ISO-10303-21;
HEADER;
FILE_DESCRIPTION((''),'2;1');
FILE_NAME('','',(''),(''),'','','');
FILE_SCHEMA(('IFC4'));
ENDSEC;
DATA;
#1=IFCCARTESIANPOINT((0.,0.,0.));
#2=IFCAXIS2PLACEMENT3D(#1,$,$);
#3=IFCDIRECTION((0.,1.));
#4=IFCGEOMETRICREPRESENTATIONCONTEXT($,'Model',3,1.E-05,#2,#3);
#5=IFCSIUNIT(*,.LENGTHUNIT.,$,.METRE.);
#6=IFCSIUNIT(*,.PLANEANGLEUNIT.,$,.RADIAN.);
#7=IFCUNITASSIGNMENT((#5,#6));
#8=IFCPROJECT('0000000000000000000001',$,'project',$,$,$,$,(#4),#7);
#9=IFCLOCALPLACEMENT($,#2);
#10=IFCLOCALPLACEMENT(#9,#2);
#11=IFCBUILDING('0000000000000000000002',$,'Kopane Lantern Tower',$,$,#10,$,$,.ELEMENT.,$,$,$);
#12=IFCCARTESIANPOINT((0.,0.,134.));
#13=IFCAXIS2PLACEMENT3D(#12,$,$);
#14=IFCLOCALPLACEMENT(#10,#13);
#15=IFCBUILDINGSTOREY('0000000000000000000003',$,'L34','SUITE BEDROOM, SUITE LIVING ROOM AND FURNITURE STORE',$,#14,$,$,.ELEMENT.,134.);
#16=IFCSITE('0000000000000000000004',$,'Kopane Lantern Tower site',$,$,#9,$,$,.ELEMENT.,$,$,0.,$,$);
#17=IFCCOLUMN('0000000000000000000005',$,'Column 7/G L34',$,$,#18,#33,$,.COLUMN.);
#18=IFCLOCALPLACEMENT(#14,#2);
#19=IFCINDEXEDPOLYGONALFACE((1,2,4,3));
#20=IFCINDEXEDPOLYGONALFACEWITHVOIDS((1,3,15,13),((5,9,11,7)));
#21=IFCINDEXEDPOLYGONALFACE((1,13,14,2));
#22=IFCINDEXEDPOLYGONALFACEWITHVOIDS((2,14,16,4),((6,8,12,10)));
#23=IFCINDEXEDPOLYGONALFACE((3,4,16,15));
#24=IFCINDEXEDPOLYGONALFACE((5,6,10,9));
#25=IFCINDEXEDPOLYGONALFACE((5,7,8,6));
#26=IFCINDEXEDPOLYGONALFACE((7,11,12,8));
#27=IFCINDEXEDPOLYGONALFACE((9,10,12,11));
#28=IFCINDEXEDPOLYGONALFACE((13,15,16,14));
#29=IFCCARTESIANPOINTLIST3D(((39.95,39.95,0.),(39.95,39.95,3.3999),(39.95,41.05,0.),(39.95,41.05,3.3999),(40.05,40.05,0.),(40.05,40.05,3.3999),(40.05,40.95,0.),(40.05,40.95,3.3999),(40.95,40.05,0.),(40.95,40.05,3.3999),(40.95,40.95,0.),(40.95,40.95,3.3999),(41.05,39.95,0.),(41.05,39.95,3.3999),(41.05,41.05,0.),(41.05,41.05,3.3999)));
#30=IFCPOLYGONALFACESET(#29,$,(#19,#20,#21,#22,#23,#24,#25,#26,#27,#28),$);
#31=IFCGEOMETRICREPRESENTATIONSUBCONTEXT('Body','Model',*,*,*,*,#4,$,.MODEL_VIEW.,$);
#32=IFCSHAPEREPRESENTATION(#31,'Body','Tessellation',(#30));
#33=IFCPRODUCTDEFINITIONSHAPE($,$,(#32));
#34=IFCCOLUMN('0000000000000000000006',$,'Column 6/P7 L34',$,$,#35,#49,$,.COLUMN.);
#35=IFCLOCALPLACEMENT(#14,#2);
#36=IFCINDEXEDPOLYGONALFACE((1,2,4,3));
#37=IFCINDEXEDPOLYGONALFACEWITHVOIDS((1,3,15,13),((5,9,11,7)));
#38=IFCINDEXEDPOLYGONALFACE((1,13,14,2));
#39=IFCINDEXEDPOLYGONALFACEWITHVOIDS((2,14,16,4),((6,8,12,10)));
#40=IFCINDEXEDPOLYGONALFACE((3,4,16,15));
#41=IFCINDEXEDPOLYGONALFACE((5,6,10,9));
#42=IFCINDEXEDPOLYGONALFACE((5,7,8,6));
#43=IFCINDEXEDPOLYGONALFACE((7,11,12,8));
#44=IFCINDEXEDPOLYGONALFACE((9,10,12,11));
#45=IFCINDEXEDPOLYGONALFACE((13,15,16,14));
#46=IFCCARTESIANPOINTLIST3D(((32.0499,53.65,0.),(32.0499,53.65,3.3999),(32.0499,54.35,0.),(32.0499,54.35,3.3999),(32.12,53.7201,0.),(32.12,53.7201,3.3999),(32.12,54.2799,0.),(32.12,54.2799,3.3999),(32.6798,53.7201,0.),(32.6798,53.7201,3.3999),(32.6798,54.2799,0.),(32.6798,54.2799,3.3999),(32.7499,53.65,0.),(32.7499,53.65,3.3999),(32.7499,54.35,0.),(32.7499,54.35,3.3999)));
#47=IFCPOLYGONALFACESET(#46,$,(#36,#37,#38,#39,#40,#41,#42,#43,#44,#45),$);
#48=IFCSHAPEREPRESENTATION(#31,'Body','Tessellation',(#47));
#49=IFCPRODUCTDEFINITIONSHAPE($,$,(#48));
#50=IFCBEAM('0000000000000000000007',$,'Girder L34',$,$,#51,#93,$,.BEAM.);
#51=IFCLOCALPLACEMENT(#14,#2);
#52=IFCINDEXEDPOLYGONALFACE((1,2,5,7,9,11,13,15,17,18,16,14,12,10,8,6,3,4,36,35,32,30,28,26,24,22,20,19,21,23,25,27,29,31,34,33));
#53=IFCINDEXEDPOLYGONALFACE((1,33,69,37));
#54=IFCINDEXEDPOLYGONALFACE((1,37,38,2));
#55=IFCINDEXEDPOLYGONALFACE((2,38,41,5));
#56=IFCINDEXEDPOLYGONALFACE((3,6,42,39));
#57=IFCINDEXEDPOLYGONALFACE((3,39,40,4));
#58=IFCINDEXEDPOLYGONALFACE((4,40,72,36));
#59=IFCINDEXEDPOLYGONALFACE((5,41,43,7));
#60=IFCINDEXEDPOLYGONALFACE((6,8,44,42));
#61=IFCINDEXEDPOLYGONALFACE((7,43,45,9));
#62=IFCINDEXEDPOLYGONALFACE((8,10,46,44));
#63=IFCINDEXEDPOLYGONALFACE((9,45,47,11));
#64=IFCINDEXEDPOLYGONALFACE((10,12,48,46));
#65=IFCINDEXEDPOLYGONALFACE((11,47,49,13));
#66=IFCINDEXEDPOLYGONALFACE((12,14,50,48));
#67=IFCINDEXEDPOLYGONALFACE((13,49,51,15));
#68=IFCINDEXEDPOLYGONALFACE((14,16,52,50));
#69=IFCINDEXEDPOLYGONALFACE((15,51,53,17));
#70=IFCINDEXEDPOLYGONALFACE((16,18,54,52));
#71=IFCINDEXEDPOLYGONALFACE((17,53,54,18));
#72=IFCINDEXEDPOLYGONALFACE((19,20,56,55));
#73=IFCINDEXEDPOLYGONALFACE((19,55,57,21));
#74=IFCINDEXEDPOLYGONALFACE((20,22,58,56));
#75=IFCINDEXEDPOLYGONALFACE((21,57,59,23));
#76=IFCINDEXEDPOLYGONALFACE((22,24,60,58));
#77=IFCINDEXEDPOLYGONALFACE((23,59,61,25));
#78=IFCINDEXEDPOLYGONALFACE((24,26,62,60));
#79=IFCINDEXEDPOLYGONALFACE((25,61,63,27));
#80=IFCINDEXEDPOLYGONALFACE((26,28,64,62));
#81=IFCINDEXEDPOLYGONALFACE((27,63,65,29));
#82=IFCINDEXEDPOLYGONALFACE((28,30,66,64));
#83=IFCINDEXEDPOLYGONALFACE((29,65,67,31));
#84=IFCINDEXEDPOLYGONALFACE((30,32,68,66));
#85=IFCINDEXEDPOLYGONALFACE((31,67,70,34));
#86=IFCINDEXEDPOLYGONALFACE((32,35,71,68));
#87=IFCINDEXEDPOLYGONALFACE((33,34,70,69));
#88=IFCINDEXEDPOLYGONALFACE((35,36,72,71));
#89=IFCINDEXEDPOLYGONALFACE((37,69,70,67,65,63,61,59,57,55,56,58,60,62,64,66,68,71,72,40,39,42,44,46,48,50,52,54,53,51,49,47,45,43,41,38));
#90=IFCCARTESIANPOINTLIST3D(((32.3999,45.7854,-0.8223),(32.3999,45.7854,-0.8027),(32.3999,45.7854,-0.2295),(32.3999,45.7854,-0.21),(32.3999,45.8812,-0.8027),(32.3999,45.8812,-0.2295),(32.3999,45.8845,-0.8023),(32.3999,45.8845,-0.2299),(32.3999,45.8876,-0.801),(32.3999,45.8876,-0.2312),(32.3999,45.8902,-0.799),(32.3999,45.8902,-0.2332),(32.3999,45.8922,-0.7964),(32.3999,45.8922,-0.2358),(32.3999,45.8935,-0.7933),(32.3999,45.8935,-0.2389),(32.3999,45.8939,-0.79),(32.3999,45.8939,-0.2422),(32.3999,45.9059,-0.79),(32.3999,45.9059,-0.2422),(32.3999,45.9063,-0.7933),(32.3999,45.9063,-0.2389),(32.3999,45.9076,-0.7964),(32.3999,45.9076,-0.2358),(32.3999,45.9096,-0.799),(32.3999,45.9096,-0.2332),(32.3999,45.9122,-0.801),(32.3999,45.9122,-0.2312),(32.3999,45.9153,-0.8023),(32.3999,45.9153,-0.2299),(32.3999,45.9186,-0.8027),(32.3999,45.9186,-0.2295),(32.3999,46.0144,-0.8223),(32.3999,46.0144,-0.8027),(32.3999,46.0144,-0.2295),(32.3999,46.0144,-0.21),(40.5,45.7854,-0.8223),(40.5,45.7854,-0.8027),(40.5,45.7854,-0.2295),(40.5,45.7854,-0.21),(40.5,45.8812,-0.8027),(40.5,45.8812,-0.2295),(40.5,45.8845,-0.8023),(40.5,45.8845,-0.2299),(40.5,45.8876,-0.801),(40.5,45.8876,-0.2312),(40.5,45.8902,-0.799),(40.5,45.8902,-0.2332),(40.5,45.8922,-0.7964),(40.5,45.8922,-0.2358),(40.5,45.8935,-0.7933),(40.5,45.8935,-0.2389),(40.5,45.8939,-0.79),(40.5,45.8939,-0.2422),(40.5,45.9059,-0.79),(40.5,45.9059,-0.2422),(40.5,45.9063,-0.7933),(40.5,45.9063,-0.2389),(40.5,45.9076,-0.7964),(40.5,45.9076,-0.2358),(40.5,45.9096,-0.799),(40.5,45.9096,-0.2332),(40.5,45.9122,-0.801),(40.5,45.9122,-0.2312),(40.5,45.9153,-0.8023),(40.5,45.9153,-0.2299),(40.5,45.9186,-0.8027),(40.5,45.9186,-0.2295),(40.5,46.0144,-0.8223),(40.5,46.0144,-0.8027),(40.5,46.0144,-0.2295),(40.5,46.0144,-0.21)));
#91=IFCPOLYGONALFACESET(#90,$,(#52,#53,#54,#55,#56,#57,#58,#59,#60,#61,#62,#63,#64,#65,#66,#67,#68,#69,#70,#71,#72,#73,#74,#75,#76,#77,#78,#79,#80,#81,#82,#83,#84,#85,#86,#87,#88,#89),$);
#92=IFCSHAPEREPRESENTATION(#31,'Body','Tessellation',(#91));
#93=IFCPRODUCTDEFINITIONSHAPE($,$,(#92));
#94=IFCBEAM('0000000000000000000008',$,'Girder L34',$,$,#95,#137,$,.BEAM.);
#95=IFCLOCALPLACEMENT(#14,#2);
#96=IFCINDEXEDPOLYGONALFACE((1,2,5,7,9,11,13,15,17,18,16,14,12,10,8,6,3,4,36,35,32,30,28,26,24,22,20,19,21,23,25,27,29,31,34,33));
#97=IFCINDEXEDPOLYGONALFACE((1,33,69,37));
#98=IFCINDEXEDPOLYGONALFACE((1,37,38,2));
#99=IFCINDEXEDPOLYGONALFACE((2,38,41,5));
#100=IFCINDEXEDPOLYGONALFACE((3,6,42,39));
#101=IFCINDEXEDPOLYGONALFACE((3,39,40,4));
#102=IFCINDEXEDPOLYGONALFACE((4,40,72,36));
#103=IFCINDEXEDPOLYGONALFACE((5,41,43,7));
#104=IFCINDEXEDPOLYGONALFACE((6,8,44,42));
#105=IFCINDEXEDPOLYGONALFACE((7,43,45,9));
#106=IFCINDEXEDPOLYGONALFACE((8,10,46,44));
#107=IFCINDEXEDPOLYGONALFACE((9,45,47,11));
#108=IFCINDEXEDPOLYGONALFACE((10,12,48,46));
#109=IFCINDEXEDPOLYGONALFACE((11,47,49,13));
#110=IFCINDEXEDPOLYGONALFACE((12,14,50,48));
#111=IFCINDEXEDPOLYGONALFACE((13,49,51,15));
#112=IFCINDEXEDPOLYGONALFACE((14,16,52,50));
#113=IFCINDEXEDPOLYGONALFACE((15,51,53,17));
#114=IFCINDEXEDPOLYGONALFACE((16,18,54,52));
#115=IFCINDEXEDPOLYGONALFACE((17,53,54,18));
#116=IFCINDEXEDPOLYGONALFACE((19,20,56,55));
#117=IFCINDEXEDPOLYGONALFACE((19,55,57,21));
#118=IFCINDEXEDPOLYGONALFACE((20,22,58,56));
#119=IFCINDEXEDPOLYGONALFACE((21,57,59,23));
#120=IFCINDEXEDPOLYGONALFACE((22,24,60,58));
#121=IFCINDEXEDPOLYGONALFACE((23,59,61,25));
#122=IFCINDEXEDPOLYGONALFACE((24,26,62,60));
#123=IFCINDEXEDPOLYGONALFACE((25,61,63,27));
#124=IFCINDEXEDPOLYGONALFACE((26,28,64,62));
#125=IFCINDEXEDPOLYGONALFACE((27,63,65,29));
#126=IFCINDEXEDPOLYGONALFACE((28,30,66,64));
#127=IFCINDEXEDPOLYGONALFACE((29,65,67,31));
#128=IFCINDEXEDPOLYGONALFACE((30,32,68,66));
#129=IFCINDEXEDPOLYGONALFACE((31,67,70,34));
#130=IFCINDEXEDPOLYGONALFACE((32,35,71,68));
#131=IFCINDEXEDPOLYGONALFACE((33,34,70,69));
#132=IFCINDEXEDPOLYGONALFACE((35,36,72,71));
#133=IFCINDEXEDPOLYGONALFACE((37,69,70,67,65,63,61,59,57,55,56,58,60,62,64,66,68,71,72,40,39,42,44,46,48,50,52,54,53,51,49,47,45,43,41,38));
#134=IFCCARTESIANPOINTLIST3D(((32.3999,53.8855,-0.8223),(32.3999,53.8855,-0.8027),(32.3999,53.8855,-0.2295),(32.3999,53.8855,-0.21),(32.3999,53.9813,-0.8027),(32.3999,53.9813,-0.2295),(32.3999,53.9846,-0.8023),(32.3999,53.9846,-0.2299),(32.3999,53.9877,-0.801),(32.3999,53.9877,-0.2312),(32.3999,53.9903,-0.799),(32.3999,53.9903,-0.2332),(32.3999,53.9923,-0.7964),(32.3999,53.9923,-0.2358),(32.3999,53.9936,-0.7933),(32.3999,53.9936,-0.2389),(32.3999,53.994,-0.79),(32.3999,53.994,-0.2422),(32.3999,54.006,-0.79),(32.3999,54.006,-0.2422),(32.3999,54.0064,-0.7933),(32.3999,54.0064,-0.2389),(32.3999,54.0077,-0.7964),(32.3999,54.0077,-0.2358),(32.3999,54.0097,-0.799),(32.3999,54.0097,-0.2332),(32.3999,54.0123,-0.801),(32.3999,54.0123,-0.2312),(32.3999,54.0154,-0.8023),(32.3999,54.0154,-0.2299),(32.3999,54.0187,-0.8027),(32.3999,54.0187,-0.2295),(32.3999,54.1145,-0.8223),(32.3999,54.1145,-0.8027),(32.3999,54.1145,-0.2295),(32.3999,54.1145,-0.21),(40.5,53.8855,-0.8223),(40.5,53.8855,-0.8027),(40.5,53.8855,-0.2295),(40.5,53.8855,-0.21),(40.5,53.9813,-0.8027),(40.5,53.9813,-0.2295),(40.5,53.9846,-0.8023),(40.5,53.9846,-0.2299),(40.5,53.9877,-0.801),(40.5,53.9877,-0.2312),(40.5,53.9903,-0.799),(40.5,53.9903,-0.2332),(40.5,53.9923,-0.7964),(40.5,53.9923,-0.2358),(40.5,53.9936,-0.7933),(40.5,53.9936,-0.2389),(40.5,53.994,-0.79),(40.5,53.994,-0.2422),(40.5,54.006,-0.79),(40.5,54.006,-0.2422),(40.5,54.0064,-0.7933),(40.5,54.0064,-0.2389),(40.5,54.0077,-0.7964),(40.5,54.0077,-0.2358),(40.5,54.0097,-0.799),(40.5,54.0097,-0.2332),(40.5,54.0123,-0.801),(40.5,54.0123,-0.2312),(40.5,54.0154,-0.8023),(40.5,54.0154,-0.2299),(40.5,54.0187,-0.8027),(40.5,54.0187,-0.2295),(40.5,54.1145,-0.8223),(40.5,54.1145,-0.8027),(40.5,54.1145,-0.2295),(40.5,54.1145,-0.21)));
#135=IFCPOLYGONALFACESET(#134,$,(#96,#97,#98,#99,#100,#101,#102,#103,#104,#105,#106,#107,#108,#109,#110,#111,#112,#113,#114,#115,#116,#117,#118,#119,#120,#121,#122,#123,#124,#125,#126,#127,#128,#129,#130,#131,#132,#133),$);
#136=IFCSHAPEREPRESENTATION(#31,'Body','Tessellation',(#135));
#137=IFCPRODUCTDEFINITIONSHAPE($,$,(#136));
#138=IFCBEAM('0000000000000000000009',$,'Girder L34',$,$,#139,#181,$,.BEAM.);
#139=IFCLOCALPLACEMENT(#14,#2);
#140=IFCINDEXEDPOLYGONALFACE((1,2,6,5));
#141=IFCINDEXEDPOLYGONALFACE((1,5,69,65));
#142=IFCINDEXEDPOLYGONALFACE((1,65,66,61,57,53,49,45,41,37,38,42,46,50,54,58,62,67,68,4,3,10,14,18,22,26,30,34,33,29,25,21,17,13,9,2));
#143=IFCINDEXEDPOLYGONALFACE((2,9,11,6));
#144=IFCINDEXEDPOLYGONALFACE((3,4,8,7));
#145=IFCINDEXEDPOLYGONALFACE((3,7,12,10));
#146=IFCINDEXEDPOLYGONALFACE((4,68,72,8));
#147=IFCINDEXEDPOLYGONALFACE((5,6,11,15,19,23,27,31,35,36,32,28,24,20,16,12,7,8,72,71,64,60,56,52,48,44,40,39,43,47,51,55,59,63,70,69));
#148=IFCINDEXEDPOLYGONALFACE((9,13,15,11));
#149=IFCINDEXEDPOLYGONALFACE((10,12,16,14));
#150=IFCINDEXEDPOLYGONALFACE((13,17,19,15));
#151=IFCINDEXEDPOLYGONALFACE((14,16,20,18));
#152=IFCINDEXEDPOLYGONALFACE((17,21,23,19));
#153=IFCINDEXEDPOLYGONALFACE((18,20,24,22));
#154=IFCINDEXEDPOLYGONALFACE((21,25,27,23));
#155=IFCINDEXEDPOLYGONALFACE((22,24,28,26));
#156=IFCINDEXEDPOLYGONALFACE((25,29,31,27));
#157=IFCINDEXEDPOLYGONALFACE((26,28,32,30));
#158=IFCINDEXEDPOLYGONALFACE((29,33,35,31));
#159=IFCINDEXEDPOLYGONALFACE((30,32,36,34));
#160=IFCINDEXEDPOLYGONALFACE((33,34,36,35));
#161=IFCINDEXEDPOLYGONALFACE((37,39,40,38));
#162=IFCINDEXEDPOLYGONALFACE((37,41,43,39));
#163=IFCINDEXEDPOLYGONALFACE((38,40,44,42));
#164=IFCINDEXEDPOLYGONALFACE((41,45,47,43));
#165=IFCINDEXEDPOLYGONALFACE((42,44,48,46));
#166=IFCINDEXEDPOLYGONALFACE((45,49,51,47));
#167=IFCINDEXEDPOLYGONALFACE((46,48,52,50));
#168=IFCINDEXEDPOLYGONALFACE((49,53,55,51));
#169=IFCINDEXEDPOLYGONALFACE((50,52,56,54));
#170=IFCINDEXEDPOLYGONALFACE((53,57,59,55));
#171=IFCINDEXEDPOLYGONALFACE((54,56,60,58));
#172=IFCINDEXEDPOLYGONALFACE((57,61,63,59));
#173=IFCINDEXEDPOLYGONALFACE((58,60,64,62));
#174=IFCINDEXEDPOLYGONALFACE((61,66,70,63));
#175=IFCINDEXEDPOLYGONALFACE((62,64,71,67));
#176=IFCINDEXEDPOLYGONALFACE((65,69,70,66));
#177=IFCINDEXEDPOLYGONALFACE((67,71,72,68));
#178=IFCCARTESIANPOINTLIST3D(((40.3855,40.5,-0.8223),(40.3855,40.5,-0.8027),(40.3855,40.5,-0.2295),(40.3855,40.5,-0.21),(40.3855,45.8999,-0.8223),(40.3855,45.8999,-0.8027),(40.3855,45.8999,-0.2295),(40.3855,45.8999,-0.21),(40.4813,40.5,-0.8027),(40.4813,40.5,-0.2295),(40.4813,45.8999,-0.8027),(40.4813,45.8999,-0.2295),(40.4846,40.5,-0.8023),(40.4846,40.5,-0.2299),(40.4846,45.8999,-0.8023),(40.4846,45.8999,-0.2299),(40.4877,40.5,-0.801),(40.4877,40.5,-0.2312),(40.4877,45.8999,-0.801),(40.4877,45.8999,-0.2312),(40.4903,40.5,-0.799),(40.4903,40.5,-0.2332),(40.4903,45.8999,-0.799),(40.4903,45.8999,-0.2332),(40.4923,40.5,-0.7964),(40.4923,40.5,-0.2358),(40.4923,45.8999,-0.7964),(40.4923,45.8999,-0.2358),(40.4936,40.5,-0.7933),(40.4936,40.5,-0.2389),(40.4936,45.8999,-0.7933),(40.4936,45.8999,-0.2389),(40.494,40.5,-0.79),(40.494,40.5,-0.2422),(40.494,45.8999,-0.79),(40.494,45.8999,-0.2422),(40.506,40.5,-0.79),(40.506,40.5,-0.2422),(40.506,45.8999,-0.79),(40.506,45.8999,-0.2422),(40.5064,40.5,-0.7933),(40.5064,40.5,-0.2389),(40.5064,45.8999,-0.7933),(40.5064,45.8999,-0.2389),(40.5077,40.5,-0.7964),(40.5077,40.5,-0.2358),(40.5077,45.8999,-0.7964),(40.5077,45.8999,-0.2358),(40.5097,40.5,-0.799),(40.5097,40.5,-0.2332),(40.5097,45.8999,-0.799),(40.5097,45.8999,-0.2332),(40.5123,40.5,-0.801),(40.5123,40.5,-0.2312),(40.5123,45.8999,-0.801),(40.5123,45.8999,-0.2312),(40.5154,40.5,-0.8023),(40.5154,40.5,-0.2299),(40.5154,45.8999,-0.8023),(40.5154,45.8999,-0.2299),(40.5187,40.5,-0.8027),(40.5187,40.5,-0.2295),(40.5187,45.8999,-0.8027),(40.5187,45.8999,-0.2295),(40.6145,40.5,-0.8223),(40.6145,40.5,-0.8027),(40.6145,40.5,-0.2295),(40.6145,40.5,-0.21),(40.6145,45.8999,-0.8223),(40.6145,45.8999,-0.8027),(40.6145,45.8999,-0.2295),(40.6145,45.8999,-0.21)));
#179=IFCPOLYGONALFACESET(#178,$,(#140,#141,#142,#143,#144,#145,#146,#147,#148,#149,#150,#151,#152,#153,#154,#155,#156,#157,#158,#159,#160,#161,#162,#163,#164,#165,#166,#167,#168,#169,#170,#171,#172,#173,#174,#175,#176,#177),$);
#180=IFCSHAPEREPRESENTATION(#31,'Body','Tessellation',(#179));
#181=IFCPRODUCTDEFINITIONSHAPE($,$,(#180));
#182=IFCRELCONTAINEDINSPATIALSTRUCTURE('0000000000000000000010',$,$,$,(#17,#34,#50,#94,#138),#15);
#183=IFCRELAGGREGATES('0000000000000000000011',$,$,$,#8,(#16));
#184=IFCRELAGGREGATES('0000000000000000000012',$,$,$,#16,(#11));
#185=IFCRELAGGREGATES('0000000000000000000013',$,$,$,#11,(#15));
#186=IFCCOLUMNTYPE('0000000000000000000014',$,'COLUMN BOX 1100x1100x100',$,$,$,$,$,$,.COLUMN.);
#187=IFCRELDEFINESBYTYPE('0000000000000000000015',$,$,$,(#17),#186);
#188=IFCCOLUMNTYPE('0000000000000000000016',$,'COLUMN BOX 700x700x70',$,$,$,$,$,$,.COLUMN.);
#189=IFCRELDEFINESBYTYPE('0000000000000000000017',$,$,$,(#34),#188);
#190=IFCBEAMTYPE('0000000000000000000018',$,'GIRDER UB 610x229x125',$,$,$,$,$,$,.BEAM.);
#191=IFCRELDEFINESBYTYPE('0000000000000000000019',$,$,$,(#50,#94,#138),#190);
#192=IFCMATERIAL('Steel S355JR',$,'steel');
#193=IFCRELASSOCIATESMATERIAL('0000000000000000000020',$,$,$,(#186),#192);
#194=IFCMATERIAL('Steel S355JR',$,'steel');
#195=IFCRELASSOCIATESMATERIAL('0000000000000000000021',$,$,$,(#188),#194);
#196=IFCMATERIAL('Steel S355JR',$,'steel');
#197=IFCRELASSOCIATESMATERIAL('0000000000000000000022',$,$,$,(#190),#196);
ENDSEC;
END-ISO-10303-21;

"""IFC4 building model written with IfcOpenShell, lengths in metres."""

from ifc_helpers import new_model, si_unit, direction, frame, origin, origin_2d, place, context, subcontext, project, spatial, hollow_rectangle, i_section, extrude, material, material_profile, profile_set, type_object, element, save


model = new_model("IFC4")

# Units and contexts
model_context = context("Model", 3, precision=1e-05, world=origin(), true_north=direction((0.0, 1.0)))
body_context = subcontext(model_context, "Body", "Model", "MODEL_VIEW")
ifc_project = project(units=[si_unit("LENGTHUNIT", "METRE"), si_unit("PLANEANGLEUNIT", "RADIAN")], contexts=[model_context])

# Site, building, storey
site_placement = place(None, origin())
site = spatial("IfcSite", under=ifc_project, at=site_placement, Name="Kopane Lantern Tower site", CompositionType="ELEMENT", RefElevation=0.0)
building_placement = place(site_placement, origin())
building = spatial("IfcBuilding", under=site, at=building_placement, Name="Kopane Lantern Tower", CompositionType="ELEMENT")
storey_placement = place(building_placement, frame((0.0, 0.0, 134.0)))
storey = spatial("IfcBuildingStorey", under=building, at=storey_placement, Name="L34", Description="SUITE BEDROOM, SUITE LIVING ROOM AND FURNITURE STORE", CompositionType="ELEMENT", Elevation=134.0)

# Columns
ifc_material_1 = material(Name="Steel S355JR", Category="steel")
ifc_material_profile_1 = material_profile(ifc_material_1, hollow_rectangle(XDim=1.1001, YDim=1.1001, WallThickness=0.1001, at=origin_2d()), Name="BOX 1100x1100x100")
ifc_profile_set_1 = profile_set([ifc_material_profile_1], Name="Steel S355JR")
column_type_1 = type_object("IfcColumnType", Name="COLUMN BOX 1100x1100x100", PredefinedType="COLUMN", material=ifc_profile_set_1)
column_1_placement = place(storey_placement, frame((40.5, 40.5, 0.0), z_axis=(0.0, 0.0, 1.0), x_axis=(1.0, 0.0, 0.0)))
element("IfcColumn", 1, at=column_1_placement, inside=storey, type_object=column_type_1, Name="Column 7/G L34", PredefinedType="COLUMN", context=body_context, shape_type="SweptSolid", body=[
    extrude(hollow_rectangle(XDim=1.1001, YDim=1.1001, WallThickness=0.1001, at=origin_2d()), origin(), (0.0, 0.0, 1.0), 3.3999),
])
ifc_material_2 = material(Name="Steel S355JR", Category="steel")
ifc_material_profile_2 = material_profile(ifc_material_2, hollow_rectangle(XDim=0.7, YDim=0.7, WallThickness=0.0701, at=origin_2d()), Name="BOX 700x700x70")
ifc_profile_set_2 = profile_set([ifc_material_profile_2], Name="Steel S355JR")
column_type_2 = type_object("IfcColumnType", Name="COLUMN BOX 700x700x70", PredefinedType="COLUMN", material=ifc_profile_set_2)
column_2_placement = place(storey_placement, frame((32.3999, 54.0, 0.0), z_axis=(0.0, 0.0, 1.0), x_axis=(1.0, 0.0, 0.0)))
element("IfcColumn", 2, at=column_2_placement, inside=storey, type_object=column_type_2, Name="Column 6/P7 L34", PredefinedType="COLUMN", context=body_context, shape_type="SweptSolid", body=[
    extrude(hollow_rectangle(XDim=0.7, YDim=0.7, WallThickness=0.0701, at=origin_2d()), origin(), (0.0, 0.0, 1.0), 3.3999),
])

# Beams
ifc_material_3 = material(Name="Steel S355JR", Category="steel")
ifc_material_profile_3 = material_profile(ifc_material_3, i_section(OverallWidth=0.229, OverallDepth=0.6123, WebThickness=0.012, FlangeThickness=0.0195, FilletRadius=0.0127, at=origin_2d()), Name="UB 610x229x125")
ifc_profile_set_3 = profile_set([ifc_material_profile_3], Name="Steel S355JR")
beam_type = type_object("IfcBeamType", Name="GIRDER UB 610x229x125", PredefinedType="BEAM", material=ifc_profile_set_3)
for number, where, z_axis, x_axis, name in (
    (3, (32.3999, 45.8999, -0.5161), (1.0, 0.0, 0.0), (0.0, 1.0, 0.0), "Girder L34"),
    (4, (32.3999, 54.0, -0.5161), (1.0, 0.0, 0.0), (0.0, 1.0, 0.0), "Girder L34"),
):
    element("IfcBeam", number, at=place(storey_placement, frame(where, z_axis=z_axis, x_axis=x_axis)), inside=storey, type_object=beam_type, Name=name, PredefinedType="BEAM", context=body_context, shape_type="SweptSolid", body=[
        extrude(i_section(OverallWidth=0.229, OverallDepth=0.6123, WebThickness=0.012, FlangeThickness=0.0195, FilletRadius=0.0127, at=origin_2d()), origin(), (0.0, 0.0, 1.0), 8.1001),
    ])
beam_placement = place(storey_placement, frame((40.5, 40.5, -0.5161), z_axis=(0.0, 1.0, 0.0), x_axis=(-1.0, 0.0, 0.0)))
element("IfcBeam", 5, at=beam_placement, inside=storey, type_object=beam_type, Name="Girder L34", PredefinedType="BEAM", context=body_context, shape_type="SweptSolid", body=[
    extrude(i_section(OverallWidth=0.229, OverallDepth=0.6123, WebThickness=0.012, FlangeThickness=0.0195, FilletRadius=0.0127, at=origin_2d()), origin(), (0.0, 0.0, 1.0), 5.3999),
])

save(model, "model.ifc")
